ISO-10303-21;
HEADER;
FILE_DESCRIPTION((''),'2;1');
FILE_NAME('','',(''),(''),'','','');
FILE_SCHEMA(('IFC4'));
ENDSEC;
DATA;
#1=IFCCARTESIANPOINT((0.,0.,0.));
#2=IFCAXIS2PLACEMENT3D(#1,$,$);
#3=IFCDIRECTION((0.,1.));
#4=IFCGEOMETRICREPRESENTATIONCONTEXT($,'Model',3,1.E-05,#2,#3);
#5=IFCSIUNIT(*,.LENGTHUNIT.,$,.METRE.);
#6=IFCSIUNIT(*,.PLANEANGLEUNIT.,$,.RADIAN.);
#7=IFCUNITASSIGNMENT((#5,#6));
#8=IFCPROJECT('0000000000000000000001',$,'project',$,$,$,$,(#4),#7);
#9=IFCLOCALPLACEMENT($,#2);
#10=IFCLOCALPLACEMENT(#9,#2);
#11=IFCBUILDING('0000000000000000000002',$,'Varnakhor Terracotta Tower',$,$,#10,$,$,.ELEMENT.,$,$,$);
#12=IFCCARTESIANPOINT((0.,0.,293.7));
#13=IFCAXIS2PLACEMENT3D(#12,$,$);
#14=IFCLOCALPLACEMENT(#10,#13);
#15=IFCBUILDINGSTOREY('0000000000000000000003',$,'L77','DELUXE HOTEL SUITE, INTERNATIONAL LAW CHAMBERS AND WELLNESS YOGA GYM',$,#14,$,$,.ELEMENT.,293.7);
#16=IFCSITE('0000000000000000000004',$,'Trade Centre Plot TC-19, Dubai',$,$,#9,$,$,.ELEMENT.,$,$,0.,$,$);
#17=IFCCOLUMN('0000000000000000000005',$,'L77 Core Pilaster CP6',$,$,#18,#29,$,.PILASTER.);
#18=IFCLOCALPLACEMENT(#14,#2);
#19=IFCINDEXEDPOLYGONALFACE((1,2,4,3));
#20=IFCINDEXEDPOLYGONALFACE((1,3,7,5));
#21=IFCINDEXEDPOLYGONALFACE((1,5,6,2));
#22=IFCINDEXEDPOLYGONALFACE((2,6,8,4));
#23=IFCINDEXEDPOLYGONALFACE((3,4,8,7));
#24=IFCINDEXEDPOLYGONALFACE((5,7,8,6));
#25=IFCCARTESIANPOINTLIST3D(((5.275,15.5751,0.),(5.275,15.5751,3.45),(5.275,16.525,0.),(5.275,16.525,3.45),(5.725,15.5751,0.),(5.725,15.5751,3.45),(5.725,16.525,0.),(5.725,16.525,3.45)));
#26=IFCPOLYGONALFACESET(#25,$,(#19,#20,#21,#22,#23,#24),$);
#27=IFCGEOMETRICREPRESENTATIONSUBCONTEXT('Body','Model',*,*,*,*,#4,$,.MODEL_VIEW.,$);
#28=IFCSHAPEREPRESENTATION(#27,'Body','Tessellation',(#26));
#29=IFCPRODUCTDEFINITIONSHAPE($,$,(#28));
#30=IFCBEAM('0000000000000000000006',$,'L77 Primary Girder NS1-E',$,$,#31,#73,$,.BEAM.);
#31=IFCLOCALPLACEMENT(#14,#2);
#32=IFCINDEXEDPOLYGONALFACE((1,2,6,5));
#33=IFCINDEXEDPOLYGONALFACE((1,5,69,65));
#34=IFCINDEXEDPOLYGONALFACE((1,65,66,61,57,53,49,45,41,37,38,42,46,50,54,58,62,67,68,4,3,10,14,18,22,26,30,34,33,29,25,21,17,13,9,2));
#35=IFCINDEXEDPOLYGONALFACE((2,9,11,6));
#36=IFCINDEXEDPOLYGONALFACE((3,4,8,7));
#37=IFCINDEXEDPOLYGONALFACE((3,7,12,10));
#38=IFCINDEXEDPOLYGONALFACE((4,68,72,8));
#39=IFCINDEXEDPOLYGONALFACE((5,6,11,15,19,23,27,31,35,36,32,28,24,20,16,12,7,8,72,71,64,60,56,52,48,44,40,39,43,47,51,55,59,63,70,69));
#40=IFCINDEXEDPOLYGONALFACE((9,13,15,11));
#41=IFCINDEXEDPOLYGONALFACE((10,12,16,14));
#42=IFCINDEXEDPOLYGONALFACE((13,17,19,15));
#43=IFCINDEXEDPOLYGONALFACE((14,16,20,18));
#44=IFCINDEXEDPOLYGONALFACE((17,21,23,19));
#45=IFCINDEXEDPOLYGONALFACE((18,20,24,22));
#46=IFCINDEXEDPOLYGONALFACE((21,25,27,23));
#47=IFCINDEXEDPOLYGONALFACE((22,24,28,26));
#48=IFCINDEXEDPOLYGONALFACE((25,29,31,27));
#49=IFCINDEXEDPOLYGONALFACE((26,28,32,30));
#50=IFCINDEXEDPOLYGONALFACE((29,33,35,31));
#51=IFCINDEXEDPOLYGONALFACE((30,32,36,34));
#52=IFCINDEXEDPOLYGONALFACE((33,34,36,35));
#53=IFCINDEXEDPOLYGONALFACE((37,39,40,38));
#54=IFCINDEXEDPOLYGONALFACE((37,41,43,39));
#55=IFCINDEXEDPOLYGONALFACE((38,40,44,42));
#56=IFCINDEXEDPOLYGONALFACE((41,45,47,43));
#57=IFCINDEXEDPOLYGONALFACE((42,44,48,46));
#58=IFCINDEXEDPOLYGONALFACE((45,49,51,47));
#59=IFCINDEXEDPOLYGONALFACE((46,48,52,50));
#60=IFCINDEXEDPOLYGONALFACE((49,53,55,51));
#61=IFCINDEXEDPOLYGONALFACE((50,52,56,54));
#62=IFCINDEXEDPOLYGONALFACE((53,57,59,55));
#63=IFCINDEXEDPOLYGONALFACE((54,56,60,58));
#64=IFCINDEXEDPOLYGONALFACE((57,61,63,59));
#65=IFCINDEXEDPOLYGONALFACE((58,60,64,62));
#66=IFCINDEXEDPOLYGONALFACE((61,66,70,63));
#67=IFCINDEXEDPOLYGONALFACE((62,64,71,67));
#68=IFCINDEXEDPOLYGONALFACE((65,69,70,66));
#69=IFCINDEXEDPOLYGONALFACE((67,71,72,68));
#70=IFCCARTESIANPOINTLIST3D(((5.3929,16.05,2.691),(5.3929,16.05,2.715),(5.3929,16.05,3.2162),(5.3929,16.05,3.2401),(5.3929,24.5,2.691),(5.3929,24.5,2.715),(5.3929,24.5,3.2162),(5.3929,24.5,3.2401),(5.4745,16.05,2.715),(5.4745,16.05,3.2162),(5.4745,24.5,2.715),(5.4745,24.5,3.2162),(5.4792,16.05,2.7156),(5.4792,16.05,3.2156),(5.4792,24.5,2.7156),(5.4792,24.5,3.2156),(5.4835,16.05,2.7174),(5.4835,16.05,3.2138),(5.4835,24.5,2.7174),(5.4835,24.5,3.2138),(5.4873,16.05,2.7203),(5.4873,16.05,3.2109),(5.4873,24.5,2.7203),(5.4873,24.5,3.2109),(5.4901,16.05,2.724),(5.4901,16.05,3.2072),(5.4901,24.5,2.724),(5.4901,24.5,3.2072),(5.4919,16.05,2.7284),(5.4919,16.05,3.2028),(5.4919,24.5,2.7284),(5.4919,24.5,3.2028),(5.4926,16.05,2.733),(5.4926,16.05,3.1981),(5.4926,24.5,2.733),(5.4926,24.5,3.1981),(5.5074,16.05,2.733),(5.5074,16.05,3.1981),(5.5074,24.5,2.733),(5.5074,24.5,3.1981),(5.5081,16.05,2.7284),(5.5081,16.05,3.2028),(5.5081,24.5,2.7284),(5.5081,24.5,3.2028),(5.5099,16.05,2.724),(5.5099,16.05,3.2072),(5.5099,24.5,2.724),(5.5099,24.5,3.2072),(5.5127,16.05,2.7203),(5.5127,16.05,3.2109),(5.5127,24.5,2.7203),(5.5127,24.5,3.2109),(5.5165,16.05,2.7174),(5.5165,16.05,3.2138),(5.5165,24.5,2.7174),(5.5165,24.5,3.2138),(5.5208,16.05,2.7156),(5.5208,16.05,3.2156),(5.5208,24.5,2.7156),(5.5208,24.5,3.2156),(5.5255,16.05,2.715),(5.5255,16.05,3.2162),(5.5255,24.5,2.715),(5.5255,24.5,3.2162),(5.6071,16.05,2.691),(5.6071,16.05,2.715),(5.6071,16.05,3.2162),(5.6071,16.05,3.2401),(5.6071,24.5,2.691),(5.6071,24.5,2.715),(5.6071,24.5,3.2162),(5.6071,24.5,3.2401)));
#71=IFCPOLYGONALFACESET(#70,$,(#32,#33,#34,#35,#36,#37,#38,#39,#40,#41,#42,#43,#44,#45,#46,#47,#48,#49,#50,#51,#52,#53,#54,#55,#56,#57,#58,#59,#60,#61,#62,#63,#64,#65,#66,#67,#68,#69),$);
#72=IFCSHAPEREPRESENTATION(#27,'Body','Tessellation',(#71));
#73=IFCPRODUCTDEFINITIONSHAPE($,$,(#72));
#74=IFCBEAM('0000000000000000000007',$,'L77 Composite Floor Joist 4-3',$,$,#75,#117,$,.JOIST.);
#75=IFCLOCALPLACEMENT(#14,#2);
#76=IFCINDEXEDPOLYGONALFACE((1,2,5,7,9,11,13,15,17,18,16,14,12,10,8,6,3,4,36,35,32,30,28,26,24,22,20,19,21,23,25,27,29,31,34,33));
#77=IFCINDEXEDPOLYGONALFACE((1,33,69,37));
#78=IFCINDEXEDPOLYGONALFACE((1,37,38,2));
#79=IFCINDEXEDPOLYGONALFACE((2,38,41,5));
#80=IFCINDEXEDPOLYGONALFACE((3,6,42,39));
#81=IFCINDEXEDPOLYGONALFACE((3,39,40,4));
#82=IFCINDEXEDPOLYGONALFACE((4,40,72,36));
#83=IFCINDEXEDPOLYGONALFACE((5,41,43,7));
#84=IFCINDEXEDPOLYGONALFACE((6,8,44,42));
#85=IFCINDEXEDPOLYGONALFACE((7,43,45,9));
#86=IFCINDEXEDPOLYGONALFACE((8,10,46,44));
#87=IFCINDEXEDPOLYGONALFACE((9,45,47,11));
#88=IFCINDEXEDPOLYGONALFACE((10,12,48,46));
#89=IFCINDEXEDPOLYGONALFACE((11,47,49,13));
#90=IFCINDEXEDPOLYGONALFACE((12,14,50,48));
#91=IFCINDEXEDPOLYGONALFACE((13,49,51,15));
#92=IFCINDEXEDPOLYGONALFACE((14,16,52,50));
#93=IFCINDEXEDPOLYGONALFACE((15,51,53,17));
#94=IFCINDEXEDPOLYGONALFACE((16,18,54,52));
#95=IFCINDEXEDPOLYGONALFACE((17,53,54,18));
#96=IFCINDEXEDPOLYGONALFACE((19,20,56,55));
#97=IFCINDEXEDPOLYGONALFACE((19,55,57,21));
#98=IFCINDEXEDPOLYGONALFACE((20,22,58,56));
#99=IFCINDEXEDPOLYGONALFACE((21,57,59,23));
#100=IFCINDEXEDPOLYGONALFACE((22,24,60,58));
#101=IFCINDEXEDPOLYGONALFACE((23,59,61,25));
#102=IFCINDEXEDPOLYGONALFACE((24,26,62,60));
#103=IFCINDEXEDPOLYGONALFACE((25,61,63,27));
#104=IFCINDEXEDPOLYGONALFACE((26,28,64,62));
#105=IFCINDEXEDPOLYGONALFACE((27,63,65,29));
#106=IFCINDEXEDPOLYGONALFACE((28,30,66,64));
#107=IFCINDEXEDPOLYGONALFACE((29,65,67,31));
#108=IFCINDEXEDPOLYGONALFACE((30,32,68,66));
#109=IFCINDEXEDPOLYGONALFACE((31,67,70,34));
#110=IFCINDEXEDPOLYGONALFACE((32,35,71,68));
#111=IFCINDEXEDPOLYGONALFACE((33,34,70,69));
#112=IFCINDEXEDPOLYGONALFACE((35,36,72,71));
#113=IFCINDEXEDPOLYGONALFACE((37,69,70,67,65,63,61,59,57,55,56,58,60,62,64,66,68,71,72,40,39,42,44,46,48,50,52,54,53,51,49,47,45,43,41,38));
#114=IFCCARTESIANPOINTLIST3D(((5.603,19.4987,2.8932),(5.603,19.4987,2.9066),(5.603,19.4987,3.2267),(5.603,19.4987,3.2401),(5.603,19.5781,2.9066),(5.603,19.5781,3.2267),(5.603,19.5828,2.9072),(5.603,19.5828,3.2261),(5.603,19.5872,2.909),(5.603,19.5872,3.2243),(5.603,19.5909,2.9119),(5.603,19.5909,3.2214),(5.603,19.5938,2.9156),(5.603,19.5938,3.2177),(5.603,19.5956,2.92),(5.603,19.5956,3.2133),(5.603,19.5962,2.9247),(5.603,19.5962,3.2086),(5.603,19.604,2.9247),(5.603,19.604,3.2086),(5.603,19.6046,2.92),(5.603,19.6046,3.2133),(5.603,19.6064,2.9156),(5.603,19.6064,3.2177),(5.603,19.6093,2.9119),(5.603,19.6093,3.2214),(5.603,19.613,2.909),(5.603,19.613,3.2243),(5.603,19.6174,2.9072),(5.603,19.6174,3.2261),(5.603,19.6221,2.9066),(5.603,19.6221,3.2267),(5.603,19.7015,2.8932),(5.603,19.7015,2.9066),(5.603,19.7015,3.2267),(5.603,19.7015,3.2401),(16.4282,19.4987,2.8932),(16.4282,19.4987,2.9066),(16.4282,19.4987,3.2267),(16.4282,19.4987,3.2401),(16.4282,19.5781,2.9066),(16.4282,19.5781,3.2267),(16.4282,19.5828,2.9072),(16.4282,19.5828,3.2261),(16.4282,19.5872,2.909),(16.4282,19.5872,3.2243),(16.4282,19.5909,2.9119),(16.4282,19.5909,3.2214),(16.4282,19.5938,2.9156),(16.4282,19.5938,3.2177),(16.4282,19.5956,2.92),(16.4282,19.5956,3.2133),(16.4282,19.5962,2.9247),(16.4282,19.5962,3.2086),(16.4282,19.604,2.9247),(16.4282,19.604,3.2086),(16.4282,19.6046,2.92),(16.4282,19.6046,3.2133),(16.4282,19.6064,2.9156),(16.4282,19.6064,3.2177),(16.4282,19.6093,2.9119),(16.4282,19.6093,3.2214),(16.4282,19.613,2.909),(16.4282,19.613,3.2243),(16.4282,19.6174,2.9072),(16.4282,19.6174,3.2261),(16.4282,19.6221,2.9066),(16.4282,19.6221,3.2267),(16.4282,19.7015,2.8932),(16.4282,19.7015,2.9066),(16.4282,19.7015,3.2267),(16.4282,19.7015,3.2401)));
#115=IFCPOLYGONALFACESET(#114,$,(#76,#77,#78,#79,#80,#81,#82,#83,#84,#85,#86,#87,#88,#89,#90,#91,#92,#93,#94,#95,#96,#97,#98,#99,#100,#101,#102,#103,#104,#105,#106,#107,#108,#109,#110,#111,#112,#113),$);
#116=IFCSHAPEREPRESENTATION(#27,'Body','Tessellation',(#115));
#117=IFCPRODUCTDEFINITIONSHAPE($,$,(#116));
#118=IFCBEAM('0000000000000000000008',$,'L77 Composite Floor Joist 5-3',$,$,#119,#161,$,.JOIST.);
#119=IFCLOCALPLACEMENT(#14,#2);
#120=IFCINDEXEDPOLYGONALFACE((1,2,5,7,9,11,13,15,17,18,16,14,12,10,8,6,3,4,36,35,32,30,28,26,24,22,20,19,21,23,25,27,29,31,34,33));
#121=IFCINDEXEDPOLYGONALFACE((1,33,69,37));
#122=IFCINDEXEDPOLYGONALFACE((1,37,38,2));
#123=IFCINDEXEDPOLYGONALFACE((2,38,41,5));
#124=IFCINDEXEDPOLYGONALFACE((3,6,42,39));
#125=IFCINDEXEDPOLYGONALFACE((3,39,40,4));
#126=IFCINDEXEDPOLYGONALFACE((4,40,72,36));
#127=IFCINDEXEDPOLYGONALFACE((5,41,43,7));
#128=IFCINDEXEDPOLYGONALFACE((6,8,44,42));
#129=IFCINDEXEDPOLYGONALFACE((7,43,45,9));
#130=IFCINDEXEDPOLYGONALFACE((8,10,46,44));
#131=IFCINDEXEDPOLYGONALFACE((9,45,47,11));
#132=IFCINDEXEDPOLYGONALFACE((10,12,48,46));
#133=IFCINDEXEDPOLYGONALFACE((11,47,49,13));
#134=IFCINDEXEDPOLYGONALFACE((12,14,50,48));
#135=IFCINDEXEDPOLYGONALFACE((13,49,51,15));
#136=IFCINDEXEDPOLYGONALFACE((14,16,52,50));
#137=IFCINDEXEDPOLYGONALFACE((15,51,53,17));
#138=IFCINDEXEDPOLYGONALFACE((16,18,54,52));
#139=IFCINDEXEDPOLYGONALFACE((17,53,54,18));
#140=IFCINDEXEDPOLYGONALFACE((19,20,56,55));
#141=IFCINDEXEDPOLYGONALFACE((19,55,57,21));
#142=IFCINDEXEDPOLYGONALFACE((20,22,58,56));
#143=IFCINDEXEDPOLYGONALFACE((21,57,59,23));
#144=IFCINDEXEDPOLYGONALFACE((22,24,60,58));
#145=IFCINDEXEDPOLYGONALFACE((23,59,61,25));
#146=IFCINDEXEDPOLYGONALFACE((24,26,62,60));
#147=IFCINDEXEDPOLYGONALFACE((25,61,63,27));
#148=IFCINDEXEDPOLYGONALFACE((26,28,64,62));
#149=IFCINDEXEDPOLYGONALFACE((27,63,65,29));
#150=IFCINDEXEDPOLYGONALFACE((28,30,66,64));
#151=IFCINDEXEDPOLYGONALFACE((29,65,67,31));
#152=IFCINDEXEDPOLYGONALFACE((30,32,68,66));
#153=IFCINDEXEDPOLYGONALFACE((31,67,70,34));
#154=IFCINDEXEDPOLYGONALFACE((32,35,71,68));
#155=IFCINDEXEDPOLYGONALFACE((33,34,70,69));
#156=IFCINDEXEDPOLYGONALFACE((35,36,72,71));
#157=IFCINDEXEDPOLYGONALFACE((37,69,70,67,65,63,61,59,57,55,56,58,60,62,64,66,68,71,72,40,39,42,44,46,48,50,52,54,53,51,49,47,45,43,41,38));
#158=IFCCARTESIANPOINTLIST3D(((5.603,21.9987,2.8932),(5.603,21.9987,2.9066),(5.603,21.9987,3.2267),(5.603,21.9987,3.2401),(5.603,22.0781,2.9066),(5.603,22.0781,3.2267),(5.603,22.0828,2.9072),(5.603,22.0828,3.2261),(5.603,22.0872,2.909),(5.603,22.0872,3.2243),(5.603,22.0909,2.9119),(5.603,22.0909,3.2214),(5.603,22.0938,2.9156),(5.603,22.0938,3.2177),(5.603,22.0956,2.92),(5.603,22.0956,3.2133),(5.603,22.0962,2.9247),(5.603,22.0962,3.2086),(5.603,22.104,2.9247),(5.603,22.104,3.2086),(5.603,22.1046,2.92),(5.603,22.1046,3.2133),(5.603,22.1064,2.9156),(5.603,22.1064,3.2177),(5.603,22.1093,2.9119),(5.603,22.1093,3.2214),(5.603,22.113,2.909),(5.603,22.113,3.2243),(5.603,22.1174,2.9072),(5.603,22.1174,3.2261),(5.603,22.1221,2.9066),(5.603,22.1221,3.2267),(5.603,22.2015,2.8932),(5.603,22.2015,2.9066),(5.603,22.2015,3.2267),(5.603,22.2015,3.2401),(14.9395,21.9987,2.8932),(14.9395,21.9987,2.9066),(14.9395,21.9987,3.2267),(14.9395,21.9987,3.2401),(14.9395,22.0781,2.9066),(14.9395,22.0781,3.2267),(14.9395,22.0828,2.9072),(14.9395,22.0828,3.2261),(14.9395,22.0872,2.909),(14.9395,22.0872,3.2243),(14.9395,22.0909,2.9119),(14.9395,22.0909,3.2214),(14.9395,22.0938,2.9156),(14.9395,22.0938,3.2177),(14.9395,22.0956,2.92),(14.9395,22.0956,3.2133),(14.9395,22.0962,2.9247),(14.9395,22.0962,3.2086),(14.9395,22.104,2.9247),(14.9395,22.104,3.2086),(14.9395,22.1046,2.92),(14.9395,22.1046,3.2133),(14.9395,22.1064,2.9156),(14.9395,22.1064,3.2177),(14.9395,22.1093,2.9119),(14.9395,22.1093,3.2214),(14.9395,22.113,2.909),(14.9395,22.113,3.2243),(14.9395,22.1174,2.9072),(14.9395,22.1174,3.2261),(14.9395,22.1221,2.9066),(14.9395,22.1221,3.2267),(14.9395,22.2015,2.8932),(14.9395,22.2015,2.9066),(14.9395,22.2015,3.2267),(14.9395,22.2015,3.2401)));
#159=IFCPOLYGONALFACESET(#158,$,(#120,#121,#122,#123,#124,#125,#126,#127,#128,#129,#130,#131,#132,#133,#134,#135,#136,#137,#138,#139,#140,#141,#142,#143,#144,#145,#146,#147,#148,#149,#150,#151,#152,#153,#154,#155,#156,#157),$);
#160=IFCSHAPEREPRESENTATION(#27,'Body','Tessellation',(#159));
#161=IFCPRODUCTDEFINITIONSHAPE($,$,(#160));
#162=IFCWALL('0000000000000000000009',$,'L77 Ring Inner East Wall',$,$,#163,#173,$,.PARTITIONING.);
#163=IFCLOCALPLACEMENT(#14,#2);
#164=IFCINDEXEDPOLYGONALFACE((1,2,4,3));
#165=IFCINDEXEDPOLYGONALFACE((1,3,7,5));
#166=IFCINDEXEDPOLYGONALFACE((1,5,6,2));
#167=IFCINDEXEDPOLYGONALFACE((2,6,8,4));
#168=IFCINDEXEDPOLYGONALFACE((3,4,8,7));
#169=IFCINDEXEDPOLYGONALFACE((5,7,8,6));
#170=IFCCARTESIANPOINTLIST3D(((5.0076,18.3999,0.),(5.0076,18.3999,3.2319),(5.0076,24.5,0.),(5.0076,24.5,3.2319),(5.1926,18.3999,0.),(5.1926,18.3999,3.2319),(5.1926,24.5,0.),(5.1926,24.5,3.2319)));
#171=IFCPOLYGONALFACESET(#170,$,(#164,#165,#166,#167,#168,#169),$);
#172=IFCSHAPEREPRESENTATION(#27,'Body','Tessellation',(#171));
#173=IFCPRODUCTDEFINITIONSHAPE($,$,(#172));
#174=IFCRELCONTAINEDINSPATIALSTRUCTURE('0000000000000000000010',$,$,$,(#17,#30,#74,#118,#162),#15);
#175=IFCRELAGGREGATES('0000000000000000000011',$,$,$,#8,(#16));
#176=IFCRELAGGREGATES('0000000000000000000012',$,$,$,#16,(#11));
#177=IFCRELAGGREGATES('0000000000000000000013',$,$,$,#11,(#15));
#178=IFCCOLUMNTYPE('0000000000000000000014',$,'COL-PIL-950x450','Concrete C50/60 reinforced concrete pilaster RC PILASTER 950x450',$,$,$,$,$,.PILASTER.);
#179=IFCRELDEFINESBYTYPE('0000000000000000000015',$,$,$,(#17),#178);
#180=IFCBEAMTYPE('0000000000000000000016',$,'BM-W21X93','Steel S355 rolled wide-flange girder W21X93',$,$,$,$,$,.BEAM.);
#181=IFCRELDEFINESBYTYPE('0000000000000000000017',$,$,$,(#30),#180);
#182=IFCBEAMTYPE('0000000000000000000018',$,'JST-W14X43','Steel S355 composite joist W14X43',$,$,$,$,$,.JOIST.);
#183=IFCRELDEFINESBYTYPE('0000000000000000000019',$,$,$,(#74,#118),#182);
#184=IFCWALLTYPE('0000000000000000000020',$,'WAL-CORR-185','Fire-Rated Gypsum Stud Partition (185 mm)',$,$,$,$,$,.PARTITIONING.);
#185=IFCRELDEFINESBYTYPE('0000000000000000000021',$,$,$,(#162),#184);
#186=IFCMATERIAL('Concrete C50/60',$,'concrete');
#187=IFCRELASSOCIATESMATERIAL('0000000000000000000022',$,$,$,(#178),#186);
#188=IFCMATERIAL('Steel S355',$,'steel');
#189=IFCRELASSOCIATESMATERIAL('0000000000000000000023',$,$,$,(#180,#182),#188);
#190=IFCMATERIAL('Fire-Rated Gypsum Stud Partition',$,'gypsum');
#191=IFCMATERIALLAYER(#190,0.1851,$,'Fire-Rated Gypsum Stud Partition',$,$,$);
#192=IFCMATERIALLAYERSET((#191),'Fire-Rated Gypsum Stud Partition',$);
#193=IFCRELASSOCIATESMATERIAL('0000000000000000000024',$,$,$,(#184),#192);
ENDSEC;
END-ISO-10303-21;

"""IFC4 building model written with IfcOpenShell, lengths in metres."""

from ifc_helpers import new_model, si_unit, direction, frame, frame_2d, origin, origin_2d, place, context, subcontext, project, spatial, rectangle, i_section, extrude, source, transform, mapped, material, layer, layer_set, material_profile, profile_set, type_object, type_shapes, element, save


model = new_model("IFC4")

# Units and contexts
model_context = context("Model", 3, precision=1e-05, world=origin(), true_north=direction((0.0, 1.0)))
body_context = subcontext(model_context, "Body", "Model", "MODEL_VIEW")
ifc_project = project(units=[si_unit("LENGTHUNIT", "METRE"), si_unit("PLANEANGLEUNIT", "RADIAN")], contexts=[model_context])

# Site, building, storey
site_placement = place(None, origin())
site = spatial("IfcSite", under=ifc_project, at=site_placement, Name="Trade Centre Plot TC-19, Dubai", CompositionType="ELEMENT", RefElevation=0.0)
building_placement = place(site_placement, origin())
building = spatial("IfcBuilding", under=site, at=building_placement, Name="Varnakhor Terracotta Tower", CompositionType="ELEMENT")
storey_placement = place(building_placement, frame((0.0, 0.0, 293.7)))
storey = spatial("IfcBuildingStorey", under=building, at=storey_placement, Name="L77", Description="DELUXE HOTEL SUITE, INTERNATIONAL LAW CHAMBERS AND WELLNESS YOGA GYM", CompositionType="ELEMENT", Elevation=293.7)

# Column
ifc_material_1 = material(Name="Concrete C50/60", Category="concrete")
ifc_material_profile_1 = material_profile(ifc_material_1, rectangle(XDim=0.45, YDim=0.95, at=origin_2d()), Name="RC PILASTER 950x450")
ifc_profile_set_1 = profile_set([ifc_material_profile_1], Name="Concrete C50/60")
column_type = type_object("IfcColumnType", Name="COL-PIL-950x450", Description="Concrete C50/60 reinforced concrete pilaster RC PILASTER 950x450", PredefinedType="PILASTER", material=ifc_profile_set_1)
shared_shape_1 = source(origin(), body_context, "Body", "SweptSolid", [
    extrude(rectangle(XDim=0.45, YDim=0.95, at=origin_2d()), origin(), (0.0, 0.0, 1.0), 3.45),
])
column_placement = place(storey_placement, frame((5.5, 16.05, 0.0), z_axis=(0.0, 0.0, 1.0), x_axis=(1.0, 0.0, 0.0)))
element("IfcColumn", 1, at=column_placement, inside=storey, type_object=column_type, Name="L77 Core Pilaster CP6", PredefinedType="PILASTER", context=body_context, shape_type="MappedRepresentation", body=[
    mapped(shared_shape_1, transform((0.0, 0.0, 0.0), scale=1.0)),
])

# Beams
ifc_material_2 = material(Name="Steel S355", Category="steel")
ifc_material_profile_2 = material_profile(ifc_material_2, i_section(OverallWidth=0.2141, OverallDepth=0.5491, WebThickness=0.0149, FlangeThickness=0.0239, FilletRadius=0.0181, at=origin_2d()), Name="W21X93")
ifc_profile_set_2 = profile_set([ifc_material_profile_2], Name="Steel S355")
beam_type_1 = type_object("IfcBeamType", Name="BM-W21X93", Description="Steel S355 rolled wide-flange girder W21X93", PredefinedType="BEAM", material=ifc_profile_set_2)
shared_shape_2 = source(origin(), body_context, "Body", "SweptSolid", [
    extrude(i_section(OverallWidth=0.2141, OverallDepth=0.5491, WebThickness=0.0149, FlangeThickness=0.0239, FilletRadius=0.0181, at=origin_2d()), origin(), (0.0, 0.0, 1.0), 8.45),
])
type_shapes(beam_type_1, [shared_shape_2])
beam_1_placement = place(storey_placement, frame((5.5, 16.05, 2.9656), z_axis=(0.0, 1.0, 0.0), x_axis=(-1.0, 0.0, 0.0)))
element("IfcBeam", 2, at=beam_1_placement, inside=storey, type_object=beam_type_1, Name="L77 Primary Girder NS1-E", PredefinedType="BEAM", context=body_context, shape_type="MappedRepresentation", body=[
    mapped(shared_shape_2, transform((0.0, 0.0, 0.0), scale=1.0)),
])
ifc_material_profile_3 = material_profile(ifc_material_2, i_section(OverallWidth=0.2029, OverallDepth=0.3469, WebThickness=0.0078, FlangeThickness=0.0134, FilletRadius=0.0181, at=origin_2d()), Name="W14X43")
ifc_profile_set_3 = profile_set([ifc_material_profile_3], Name="Steel S355")
beam_type_2 = type_object("IfcBeamType", Name="JST-W14X43", Description="Steel S355 composite joist W14X43", PredefinedType="JOIST", material=ifc_profile_set_3)
shared_shape_3 = source(origin(), body_context, "Body", "SweptSolid", [
    extrude(i_section(OverallWidth=0.2029, OverallDepth=0.3469, WebThickness=0.0078, FlangeThickness=0.0134, FilletRadius=0.0181, at=origin_2d()), origin(), (0.0, 0.0, 1.0), 10.8252),
])
beam_2_placement = place(storey_placement, frame((5.603, 19.6001, 3.0667), z_axis=(1.0, 0.0, 0.0), x_axis=(0.0, 1.0, 0.0)))
element("IfcBeam", 3, at=beam_2_placement, inside=storey, type_object=beam_type_2, Name="L77 Composite Floor Joist 4-3", PredefinedType="JOIST", context=body_context, shape_type="MappedRepresentation", body=[
    mapped(shared_shape_3, transform((0.0, 0.0, 0.0), scale=1.0)),
])
shared_shape_4 = source(origin(), body_context, "Body", "SweptSolid", [
    extrude(i_section(OverallWidth=0.2029, OverallDepth=0.3469, WebThickness=0.0078, FlangeThickness=0.0134, FilletRadius=0.0181, at=origin_2d()), origin(), (0.0, 0.0, 1.0), 9.3364),
])
beam_3_placement = place(storey_placement, frame((5.603, 22.1001, 3.0667), z_axis=(1.0, 0.0, 0.0), x_axis=(0.0, 1.0, 0.0)))
element("IfcBeam", 4, at=beam_3_placement, inside=storey, type_object=beam_type_2, Name="L77 Composite Floor Joist 5-3", PredefinedType="JOIST", context=body_context, shape_type="MappedRepresentation", body=[
    mapped(shared_shape_4, transform((0.0, 0.0, 0.0), scale=1.0)),
])

# Wall
ifc_material_3 = material(Name="Fire-Rated Gypsum Stud Partition", Category="gypsum")
ifc_layer_1 = layer(ifc_material_3, 0.1851, Name="Fire-Rated Gypsum Stud Partition")
ifc_layer_set_1 = layer_set([ifc_layer_1], Name="Fire-Rated Gypsum Stud Partition")
wall_type_1 = type_object("IfcWallType", Name="WAL-CORR-185", Description="Fire-Rated Gypsum Stud Partition (185 mm)", PredefinedType="PARTITIONING", material=ifc_layer_set_1)
wall_1_placement = place(storey_placement, frame((5.1001, 18.3999, 0.0), z_axis=(0.0, 0.0, 1.0), x_axis=(0.0, 1.0, 0.0)))
element("IfcWall", 5, at=wall_1_placement, inside=storey, type_object=wall_type_1, Name="L77 Ring Inner East Wall", PredefinedType="PARTITIONING", context=body_context, shape_type="SweptSolid", body=[
    extrude(rectangle(XDim=6.1001, YDim=0.1851, at=frame_2d((3.05, 0.0))), origin(), (0.0, 0.0, 1.0), 3.2319),
])

save(model, "model.ifc")
